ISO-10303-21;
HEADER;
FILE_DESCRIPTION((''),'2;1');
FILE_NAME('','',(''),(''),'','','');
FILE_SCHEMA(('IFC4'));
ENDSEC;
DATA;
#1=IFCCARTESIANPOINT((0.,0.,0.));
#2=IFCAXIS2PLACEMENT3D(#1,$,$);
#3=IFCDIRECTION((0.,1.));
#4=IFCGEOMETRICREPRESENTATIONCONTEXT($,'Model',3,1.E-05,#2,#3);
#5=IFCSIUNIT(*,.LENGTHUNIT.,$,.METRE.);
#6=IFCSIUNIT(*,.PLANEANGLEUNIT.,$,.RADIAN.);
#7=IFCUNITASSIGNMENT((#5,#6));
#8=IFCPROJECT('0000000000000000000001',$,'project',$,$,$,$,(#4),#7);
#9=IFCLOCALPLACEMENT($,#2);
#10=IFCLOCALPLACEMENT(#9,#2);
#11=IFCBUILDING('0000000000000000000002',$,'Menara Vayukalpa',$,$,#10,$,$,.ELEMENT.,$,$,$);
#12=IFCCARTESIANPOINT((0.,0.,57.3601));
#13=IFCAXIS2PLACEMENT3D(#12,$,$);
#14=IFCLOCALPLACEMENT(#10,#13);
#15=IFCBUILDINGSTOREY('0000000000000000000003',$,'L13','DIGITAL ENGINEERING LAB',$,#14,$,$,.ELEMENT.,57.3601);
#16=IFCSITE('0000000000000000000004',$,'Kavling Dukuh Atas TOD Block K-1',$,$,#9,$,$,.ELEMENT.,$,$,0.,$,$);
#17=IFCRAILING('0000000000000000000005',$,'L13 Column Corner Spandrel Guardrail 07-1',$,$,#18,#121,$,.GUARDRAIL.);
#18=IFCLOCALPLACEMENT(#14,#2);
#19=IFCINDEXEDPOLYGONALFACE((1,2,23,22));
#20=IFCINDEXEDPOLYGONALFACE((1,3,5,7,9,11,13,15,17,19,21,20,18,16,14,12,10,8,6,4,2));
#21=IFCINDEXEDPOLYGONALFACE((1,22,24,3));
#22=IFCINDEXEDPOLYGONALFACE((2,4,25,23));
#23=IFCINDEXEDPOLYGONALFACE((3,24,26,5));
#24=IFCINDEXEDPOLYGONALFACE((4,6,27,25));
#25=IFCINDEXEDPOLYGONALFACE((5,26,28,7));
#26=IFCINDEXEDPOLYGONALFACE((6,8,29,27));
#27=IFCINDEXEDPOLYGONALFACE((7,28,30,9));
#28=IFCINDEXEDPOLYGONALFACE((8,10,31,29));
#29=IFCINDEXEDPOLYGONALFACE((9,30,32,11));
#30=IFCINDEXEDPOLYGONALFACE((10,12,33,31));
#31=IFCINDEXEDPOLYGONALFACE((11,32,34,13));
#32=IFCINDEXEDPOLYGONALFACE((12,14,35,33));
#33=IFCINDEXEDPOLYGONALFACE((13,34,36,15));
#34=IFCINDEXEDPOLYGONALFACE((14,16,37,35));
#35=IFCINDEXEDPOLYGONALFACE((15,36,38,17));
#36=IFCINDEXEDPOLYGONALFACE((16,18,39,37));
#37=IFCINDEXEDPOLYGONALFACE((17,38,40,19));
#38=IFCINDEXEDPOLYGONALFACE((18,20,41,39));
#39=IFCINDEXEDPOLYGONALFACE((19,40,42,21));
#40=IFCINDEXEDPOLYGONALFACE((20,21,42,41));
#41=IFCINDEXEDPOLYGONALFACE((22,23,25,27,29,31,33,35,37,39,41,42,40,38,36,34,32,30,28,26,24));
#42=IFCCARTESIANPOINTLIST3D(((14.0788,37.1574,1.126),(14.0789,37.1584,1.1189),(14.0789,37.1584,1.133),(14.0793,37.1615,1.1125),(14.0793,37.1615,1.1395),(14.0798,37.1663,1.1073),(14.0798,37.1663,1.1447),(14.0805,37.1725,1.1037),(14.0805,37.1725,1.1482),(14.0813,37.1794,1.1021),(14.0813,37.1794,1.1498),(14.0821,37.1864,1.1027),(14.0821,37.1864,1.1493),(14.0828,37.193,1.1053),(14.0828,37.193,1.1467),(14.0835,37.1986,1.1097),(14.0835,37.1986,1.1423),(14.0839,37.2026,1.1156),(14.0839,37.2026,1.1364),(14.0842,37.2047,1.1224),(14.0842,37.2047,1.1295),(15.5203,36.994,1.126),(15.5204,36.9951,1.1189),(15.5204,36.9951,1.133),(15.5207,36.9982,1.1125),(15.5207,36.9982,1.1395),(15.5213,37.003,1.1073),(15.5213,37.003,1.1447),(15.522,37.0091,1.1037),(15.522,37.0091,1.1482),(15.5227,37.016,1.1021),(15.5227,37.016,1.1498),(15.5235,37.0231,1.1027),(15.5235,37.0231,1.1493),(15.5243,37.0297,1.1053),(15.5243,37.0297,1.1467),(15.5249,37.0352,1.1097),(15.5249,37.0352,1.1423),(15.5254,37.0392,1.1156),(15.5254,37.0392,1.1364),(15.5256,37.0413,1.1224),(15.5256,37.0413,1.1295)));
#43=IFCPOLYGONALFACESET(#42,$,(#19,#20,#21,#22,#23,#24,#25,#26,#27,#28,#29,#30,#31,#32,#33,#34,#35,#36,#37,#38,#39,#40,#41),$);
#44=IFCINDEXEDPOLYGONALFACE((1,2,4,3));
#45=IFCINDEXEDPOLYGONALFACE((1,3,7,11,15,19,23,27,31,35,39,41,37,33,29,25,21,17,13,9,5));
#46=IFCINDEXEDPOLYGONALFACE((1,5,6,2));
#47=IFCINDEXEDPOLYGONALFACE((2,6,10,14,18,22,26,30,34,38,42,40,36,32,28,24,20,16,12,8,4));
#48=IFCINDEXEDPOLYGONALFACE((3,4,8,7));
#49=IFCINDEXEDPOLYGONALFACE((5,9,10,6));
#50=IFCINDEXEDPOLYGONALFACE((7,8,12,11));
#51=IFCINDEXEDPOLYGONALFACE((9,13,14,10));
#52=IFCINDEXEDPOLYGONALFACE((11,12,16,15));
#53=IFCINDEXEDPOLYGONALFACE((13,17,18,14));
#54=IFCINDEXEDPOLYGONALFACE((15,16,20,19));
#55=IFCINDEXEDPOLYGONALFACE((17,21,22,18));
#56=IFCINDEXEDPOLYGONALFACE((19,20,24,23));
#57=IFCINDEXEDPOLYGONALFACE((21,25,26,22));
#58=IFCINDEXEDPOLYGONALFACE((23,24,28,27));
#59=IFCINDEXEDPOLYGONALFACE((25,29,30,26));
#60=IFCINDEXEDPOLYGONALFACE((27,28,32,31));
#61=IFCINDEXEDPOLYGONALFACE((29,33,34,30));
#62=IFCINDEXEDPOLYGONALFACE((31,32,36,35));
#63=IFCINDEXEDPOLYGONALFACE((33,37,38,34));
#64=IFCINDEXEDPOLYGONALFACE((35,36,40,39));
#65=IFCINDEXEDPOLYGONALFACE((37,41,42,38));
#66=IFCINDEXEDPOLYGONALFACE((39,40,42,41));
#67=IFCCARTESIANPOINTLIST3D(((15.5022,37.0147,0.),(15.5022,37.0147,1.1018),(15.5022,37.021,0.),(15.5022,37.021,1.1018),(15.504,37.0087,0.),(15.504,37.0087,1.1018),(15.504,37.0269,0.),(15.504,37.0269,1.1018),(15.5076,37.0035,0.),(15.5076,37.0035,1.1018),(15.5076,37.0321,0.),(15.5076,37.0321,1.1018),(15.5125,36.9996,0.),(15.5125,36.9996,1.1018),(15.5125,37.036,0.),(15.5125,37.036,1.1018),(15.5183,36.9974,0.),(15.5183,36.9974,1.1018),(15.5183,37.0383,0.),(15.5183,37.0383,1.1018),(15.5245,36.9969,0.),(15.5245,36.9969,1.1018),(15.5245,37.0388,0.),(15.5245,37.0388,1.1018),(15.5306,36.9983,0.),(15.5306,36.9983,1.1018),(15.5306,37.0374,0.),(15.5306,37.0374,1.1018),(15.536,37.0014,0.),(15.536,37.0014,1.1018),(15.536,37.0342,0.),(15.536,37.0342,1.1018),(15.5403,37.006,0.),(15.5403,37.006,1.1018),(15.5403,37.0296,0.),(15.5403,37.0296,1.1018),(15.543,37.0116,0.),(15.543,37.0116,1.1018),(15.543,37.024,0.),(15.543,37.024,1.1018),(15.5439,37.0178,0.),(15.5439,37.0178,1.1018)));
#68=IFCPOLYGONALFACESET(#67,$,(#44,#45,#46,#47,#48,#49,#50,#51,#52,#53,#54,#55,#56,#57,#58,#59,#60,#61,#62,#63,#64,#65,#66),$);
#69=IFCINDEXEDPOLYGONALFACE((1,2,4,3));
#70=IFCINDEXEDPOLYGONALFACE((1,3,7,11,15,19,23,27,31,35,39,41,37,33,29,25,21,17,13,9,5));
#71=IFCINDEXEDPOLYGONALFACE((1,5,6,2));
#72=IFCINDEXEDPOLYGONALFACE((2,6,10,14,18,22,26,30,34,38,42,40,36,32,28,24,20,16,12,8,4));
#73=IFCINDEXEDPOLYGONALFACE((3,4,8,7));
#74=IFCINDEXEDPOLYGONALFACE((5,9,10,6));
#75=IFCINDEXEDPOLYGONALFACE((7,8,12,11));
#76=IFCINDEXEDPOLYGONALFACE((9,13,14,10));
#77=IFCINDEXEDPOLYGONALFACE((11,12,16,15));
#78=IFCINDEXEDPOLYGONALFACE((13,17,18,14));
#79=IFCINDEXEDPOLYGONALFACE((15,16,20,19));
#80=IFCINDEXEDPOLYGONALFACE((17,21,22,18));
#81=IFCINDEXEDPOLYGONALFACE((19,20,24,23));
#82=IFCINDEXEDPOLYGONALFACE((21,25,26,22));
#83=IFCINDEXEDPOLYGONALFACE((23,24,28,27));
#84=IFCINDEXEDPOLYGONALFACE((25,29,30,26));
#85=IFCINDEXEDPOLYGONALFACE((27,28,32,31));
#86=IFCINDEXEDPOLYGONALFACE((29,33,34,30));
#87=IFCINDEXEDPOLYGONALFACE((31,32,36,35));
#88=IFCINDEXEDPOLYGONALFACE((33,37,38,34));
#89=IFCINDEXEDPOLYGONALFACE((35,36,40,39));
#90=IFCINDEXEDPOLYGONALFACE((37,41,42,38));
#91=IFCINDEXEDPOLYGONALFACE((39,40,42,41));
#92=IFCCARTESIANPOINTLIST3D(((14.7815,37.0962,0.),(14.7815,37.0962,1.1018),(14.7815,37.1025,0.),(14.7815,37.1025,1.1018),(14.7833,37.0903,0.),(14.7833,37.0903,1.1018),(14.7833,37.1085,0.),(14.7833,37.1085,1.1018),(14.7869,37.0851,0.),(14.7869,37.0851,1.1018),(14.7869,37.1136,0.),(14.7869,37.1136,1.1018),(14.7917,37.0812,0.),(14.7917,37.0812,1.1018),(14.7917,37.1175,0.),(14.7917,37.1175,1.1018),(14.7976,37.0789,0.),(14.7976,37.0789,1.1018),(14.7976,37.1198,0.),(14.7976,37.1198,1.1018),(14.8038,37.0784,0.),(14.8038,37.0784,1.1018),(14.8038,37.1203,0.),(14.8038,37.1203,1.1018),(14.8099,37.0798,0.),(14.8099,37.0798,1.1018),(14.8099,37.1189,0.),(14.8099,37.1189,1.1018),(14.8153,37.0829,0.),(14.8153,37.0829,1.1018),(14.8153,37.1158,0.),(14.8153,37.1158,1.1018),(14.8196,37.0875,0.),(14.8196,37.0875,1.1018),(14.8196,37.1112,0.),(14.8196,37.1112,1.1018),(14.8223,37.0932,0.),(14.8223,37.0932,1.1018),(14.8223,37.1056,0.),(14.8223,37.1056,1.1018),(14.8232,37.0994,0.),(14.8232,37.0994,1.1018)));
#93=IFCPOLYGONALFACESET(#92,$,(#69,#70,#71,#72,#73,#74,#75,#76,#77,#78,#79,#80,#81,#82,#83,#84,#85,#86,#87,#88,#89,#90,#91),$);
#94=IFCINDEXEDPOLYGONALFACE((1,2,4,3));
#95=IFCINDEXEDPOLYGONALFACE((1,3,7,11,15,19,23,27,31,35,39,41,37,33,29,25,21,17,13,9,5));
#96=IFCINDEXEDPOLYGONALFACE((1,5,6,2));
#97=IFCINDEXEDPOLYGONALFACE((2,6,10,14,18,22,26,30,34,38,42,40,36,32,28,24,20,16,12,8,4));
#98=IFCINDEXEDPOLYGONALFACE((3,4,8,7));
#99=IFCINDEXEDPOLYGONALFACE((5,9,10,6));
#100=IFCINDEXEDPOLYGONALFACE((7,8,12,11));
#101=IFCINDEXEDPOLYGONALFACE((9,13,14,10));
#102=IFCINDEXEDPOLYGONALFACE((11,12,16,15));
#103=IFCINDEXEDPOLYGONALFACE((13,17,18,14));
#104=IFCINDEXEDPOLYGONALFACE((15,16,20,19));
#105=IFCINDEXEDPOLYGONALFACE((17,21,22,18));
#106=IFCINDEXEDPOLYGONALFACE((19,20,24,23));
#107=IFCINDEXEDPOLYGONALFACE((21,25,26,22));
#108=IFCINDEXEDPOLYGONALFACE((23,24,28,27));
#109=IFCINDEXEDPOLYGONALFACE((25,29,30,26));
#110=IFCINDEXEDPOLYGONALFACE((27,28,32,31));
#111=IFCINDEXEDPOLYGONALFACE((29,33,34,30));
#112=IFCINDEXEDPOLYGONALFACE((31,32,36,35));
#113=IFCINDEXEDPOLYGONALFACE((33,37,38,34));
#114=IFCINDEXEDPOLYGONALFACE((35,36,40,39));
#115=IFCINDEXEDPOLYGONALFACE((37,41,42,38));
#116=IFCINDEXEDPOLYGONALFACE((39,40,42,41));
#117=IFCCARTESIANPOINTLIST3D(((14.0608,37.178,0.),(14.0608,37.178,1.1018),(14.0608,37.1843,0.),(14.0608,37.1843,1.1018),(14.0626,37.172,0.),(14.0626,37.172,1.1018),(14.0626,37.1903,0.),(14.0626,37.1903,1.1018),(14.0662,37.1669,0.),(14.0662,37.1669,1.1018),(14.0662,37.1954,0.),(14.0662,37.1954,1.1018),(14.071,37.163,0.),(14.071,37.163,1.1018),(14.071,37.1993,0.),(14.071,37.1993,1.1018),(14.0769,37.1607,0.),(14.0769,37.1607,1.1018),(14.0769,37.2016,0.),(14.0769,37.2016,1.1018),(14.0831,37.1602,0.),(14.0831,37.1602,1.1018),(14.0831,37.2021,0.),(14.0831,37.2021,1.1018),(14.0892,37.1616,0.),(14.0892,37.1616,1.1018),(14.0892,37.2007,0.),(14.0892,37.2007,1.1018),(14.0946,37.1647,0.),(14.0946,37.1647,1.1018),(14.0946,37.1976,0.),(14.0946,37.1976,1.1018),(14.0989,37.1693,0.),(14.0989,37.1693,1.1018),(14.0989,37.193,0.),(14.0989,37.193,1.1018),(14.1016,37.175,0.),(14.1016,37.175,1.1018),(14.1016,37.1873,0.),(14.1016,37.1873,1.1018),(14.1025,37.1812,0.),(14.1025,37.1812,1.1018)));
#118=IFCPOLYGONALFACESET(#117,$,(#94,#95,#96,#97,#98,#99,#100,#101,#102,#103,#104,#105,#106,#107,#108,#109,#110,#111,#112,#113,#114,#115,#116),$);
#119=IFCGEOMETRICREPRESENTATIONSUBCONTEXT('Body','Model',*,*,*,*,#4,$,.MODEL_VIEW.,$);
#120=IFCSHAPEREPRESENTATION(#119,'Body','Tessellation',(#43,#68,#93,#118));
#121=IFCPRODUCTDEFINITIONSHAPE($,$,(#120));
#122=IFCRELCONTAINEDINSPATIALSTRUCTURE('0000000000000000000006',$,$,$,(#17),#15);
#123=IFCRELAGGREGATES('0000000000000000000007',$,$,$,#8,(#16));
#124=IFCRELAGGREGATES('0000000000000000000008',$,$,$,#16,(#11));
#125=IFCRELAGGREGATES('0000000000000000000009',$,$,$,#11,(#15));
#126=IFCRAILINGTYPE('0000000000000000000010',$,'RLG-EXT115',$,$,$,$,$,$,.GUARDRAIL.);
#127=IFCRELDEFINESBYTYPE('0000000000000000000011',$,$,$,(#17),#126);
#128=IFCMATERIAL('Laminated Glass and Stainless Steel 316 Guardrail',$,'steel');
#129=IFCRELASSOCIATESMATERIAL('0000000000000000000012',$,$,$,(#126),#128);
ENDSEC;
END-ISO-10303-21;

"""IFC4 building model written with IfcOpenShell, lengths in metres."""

from ifc_helpers import new_model, si_unit, direction, frame, origin, origin_2d, place, context, subcontext, project, spatial, circle, extrude, material, type_object, element, save


model = new_model("IFC4")

# Units and contexts
model_context = context("Model", 3, precision=1e-05, world=origin(), true_north=direction((0.0, 1.0)))
body_context = subcontext(model_context, "Body", "Model", "MODEL_VIEW")
ifc_project = project(units=[si_unit("LENGTHUNIT", "METRE"), si_unit("PLANEANGLEUNIT", "RADIAN")], contexts=[model_context])

# Site, building, storey
site_placement = place(None, origin())
site = spatial("IfcSite", under=ifc_project, at=site_placement, Name="Kavling Dukuh Atas TOD Block K-1", CompositionType="ELEMENT", RefElevation=0.0)
building_placement = place(site_placement, origin())
building = spatial("IfcBuilding", under=site, at=building_placement, Name="Menara Vayukalpa", CompositionType="ELEMENT")
storey_placement = place(building_placement, frame((0.0, 0.0, 57.3601)))
storey = spatial("IfcBuildingStorey", under=building, at=storey_placement, Name="L13", Description="DIGITAL ENGINEERING LAB", CompositionType="ELEMENT", Elevation=57.3601)

# Railing
ifc_material_1 = material(Name="Laminated Glass and Stainless Steel 316 Guardrail", Category="steel")
railing_type = type_object("IfcRailingType", Name="RLG-EXT115", PredefinedType="GUARDRAIL", material=ifc_material_1)
railing_1_placement = place(storey_placement, frame((15.5229, 37.0178, 0.0)))
element("IfcRailing", 1, at=railing_1_placement, inside=storey, type_object=railing_type, Name="L13 Column Corner Spandrel Guardrail 07-1", PredefinedType="GUARDRAIL", context=body_context, shape_type="SweptSolid", body=[
    extrude(circle(Radius=0.0239, at=origin_2d()), frame((0.0, 0.0, 1.126), z_axis=(-0.993641, 0.112592, 0.0), x_axis=(-0.112592, -0.993641, 0.0)), (0.0, 0.0, 1.0), 1.4507),
    extrude(circle(Radius=0.021, at=origin_2d()), origin(), (0.0, 0.0, 1.0), 1.1018),
    extrude(circle(Radius=0.021, at=origin_2d()), frame((-0.7207, 0.0815, 0.0)), (0.0, 0.0, 1.0), 1.1018),
    extrude(circle(Radius=0.021, at=origin_2d()), frame((-1.4414, 0.1633, 0.0)), (0.0, 0.0, 1.0), 1.1018),
])

save(model, "model.ifc")
